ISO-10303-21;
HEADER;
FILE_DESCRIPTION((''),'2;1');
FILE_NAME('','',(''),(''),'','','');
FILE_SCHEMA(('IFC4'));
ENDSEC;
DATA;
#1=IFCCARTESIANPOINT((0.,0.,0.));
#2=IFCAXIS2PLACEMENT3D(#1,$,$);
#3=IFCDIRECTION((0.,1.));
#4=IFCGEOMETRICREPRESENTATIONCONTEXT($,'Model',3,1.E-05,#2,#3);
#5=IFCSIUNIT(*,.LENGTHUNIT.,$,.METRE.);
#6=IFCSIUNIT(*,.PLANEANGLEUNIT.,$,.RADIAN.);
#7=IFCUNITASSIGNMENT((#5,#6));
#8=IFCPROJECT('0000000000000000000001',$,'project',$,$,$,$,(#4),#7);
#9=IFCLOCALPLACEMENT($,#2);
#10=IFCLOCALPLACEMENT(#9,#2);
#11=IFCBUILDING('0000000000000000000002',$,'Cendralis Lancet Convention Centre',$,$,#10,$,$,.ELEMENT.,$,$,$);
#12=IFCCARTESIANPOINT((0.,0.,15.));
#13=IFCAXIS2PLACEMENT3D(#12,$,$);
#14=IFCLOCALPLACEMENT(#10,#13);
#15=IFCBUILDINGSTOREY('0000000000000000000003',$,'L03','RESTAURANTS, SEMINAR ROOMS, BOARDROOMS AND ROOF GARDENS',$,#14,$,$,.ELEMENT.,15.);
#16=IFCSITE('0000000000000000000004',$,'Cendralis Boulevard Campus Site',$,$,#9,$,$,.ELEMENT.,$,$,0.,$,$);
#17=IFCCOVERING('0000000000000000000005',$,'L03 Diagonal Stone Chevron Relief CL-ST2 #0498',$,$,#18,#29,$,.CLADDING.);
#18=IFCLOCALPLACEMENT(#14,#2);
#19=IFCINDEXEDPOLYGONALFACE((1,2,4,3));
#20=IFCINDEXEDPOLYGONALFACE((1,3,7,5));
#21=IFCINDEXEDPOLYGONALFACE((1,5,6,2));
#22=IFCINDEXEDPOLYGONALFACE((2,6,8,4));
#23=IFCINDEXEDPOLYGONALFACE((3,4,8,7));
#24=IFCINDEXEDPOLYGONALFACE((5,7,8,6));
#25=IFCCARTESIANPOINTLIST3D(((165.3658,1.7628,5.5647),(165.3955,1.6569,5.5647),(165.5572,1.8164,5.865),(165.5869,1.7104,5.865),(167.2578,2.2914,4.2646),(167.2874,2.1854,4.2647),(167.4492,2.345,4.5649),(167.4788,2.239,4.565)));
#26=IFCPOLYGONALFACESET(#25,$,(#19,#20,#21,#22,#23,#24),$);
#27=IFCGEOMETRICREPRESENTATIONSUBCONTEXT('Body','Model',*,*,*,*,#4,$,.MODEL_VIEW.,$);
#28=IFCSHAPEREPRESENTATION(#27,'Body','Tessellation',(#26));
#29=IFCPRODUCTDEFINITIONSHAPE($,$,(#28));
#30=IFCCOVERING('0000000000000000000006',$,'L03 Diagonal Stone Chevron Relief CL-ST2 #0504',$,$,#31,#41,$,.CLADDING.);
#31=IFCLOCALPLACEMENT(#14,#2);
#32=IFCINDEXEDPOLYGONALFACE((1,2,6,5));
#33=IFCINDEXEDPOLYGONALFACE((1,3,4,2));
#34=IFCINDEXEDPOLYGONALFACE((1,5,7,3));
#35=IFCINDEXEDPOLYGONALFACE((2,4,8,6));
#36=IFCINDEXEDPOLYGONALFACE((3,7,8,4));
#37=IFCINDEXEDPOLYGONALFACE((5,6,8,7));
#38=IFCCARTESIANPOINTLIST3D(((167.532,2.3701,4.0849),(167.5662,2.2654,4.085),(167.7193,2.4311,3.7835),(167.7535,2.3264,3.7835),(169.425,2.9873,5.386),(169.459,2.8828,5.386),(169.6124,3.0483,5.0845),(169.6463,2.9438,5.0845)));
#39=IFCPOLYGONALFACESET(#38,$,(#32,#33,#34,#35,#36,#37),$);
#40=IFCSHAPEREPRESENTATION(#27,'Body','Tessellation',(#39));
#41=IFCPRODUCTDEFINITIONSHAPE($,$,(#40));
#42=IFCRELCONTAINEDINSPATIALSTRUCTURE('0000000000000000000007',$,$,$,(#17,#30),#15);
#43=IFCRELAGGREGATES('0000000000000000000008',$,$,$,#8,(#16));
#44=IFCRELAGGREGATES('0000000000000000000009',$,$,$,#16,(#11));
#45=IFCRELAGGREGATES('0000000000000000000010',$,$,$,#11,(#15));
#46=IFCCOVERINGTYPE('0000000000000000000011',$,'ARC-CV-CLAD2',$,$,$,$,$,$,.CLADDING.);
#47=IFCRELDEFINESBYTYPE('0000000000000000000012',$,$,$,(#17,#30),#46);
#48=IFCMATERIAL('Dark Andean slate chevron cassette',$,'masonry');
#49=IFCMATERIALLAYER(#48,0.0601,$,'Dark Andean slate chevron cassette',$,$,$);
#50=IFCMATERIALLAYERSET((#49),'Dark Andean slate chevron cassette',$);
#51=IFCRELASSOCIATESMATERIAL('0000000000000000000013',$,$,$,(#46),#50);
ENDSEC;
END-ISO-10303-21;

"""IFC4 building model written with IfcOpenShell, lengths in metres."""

from ifc_helpers import new_model, si_unit, direction, frame, origin, place, context, subcontext, project, spatial, polyline, outline, extrude, material, layer, layer_set, type_object, element, save


model = new_model("IFC4")

# Units and contexts
model_context = context("Model", 3, precision=1e-05, world=origin(), true_north=direction((0.0, 1.0)))
body_context = subcontext(model_context, "Body", "Model", "MODEL_VIEW")
ifc_project = project(units=[si_unit("LENGTHUNIT", "METRE"), si_unit("PLANEANGLEUNIT", "RADIAN")], contexts=[model_context])

# Site, building, storey
site_placement = place(None, origin())
site = spatial("IfcSite", under=ifc_project, at=site_placement, Name="Cendralis Boulevard Campus Site", CompositionType="ELEMENT", RefElevation=0.0)
building_placement = place(site_placement, origin())
building = spatial("IfcBuilding", under=site, at=building_placement, Name="Cendralis Lancet Convention Centre", CompositionType="ELEMENT")
storey_placement = place(building_placement, frame((0.0, 0.0, 15.0)))
storey = spatial("IfcBuildingStorey", under=building, at=storey_placement, Name="L03", Description="RESTAURANTS, SEMINAR ROOMS, BOARDROOMS AND ROOF GARDENS", CompositionType="ELEMENT", Elevation=15.0)

# Shared definitions
ifc_material_1 = material(Name="Dark Andean slate chevron cassette", Category="masonry")

# Coverings
ifc_layer_1 = layer(ifc_material_1, 0.0601, Name="Dark Andean slate chevron cassette")
ifc_layer_set_1 = layer_set([ifc_layer_1], Name="Dark Andean slate chevron cassette")
covering_type_1 = type_object("IfcCoveringType", Name="ARC-CV-CLAD2", PredefinedType="CLADDING", material=ifc_layer_set_1)
covering_1_placement = place(storey_placement, frame((165.5869, 1.7104, 5.865), z_axis=(0.531454, 0.148783, 0.833919), x_axis=(0.803161, 0.224396, -0.551887)))
element("IfcCovering", 1, at=covering_1_placement, inside=storey, type_object=covering_type_1, Name="L03 Diagonal Stone Chevron Relief CL-ST2 #0498", PredefinedType="CLADDING", context=body_context, shape_type="SweptSolid", body=[
    extrude(outline(polyline([(0.0, 0.0), (2.3555, 0.0), (2.3556, 0.11), (-0.0001, 0.1101), (0.0, 0.0)])), origin(), (0.0, 0.0, -1.0), 0.3601),
])
covering_2_placement = place(storey_placement, frame((167.5662, 2.2654, 4.085), z_axis=(-0.520138, -0.169333, 0.837127), x_axis=(0.795856, 0.259605, 0.547008)))
element("IfcCovering", 2, at=covering_2_placement, inside=storey, type_object=covering_type_1, Name="L03 Diagonal Stone Chevron Relief CL-ST2 #0504", PredefinedType="CLADDING", context=body_context, shape_type="SweptSolid", body=[
    extrude(outline(polyline([(0.0, 0.0), (2.3784, 0.0), (2.3785, 0.1099), (0.0, 0.1102), (0.0, 0.0)])), origin(), (0.0, 0.0, -1.0), 0.3601),
])

save(model, "model.ifc")
